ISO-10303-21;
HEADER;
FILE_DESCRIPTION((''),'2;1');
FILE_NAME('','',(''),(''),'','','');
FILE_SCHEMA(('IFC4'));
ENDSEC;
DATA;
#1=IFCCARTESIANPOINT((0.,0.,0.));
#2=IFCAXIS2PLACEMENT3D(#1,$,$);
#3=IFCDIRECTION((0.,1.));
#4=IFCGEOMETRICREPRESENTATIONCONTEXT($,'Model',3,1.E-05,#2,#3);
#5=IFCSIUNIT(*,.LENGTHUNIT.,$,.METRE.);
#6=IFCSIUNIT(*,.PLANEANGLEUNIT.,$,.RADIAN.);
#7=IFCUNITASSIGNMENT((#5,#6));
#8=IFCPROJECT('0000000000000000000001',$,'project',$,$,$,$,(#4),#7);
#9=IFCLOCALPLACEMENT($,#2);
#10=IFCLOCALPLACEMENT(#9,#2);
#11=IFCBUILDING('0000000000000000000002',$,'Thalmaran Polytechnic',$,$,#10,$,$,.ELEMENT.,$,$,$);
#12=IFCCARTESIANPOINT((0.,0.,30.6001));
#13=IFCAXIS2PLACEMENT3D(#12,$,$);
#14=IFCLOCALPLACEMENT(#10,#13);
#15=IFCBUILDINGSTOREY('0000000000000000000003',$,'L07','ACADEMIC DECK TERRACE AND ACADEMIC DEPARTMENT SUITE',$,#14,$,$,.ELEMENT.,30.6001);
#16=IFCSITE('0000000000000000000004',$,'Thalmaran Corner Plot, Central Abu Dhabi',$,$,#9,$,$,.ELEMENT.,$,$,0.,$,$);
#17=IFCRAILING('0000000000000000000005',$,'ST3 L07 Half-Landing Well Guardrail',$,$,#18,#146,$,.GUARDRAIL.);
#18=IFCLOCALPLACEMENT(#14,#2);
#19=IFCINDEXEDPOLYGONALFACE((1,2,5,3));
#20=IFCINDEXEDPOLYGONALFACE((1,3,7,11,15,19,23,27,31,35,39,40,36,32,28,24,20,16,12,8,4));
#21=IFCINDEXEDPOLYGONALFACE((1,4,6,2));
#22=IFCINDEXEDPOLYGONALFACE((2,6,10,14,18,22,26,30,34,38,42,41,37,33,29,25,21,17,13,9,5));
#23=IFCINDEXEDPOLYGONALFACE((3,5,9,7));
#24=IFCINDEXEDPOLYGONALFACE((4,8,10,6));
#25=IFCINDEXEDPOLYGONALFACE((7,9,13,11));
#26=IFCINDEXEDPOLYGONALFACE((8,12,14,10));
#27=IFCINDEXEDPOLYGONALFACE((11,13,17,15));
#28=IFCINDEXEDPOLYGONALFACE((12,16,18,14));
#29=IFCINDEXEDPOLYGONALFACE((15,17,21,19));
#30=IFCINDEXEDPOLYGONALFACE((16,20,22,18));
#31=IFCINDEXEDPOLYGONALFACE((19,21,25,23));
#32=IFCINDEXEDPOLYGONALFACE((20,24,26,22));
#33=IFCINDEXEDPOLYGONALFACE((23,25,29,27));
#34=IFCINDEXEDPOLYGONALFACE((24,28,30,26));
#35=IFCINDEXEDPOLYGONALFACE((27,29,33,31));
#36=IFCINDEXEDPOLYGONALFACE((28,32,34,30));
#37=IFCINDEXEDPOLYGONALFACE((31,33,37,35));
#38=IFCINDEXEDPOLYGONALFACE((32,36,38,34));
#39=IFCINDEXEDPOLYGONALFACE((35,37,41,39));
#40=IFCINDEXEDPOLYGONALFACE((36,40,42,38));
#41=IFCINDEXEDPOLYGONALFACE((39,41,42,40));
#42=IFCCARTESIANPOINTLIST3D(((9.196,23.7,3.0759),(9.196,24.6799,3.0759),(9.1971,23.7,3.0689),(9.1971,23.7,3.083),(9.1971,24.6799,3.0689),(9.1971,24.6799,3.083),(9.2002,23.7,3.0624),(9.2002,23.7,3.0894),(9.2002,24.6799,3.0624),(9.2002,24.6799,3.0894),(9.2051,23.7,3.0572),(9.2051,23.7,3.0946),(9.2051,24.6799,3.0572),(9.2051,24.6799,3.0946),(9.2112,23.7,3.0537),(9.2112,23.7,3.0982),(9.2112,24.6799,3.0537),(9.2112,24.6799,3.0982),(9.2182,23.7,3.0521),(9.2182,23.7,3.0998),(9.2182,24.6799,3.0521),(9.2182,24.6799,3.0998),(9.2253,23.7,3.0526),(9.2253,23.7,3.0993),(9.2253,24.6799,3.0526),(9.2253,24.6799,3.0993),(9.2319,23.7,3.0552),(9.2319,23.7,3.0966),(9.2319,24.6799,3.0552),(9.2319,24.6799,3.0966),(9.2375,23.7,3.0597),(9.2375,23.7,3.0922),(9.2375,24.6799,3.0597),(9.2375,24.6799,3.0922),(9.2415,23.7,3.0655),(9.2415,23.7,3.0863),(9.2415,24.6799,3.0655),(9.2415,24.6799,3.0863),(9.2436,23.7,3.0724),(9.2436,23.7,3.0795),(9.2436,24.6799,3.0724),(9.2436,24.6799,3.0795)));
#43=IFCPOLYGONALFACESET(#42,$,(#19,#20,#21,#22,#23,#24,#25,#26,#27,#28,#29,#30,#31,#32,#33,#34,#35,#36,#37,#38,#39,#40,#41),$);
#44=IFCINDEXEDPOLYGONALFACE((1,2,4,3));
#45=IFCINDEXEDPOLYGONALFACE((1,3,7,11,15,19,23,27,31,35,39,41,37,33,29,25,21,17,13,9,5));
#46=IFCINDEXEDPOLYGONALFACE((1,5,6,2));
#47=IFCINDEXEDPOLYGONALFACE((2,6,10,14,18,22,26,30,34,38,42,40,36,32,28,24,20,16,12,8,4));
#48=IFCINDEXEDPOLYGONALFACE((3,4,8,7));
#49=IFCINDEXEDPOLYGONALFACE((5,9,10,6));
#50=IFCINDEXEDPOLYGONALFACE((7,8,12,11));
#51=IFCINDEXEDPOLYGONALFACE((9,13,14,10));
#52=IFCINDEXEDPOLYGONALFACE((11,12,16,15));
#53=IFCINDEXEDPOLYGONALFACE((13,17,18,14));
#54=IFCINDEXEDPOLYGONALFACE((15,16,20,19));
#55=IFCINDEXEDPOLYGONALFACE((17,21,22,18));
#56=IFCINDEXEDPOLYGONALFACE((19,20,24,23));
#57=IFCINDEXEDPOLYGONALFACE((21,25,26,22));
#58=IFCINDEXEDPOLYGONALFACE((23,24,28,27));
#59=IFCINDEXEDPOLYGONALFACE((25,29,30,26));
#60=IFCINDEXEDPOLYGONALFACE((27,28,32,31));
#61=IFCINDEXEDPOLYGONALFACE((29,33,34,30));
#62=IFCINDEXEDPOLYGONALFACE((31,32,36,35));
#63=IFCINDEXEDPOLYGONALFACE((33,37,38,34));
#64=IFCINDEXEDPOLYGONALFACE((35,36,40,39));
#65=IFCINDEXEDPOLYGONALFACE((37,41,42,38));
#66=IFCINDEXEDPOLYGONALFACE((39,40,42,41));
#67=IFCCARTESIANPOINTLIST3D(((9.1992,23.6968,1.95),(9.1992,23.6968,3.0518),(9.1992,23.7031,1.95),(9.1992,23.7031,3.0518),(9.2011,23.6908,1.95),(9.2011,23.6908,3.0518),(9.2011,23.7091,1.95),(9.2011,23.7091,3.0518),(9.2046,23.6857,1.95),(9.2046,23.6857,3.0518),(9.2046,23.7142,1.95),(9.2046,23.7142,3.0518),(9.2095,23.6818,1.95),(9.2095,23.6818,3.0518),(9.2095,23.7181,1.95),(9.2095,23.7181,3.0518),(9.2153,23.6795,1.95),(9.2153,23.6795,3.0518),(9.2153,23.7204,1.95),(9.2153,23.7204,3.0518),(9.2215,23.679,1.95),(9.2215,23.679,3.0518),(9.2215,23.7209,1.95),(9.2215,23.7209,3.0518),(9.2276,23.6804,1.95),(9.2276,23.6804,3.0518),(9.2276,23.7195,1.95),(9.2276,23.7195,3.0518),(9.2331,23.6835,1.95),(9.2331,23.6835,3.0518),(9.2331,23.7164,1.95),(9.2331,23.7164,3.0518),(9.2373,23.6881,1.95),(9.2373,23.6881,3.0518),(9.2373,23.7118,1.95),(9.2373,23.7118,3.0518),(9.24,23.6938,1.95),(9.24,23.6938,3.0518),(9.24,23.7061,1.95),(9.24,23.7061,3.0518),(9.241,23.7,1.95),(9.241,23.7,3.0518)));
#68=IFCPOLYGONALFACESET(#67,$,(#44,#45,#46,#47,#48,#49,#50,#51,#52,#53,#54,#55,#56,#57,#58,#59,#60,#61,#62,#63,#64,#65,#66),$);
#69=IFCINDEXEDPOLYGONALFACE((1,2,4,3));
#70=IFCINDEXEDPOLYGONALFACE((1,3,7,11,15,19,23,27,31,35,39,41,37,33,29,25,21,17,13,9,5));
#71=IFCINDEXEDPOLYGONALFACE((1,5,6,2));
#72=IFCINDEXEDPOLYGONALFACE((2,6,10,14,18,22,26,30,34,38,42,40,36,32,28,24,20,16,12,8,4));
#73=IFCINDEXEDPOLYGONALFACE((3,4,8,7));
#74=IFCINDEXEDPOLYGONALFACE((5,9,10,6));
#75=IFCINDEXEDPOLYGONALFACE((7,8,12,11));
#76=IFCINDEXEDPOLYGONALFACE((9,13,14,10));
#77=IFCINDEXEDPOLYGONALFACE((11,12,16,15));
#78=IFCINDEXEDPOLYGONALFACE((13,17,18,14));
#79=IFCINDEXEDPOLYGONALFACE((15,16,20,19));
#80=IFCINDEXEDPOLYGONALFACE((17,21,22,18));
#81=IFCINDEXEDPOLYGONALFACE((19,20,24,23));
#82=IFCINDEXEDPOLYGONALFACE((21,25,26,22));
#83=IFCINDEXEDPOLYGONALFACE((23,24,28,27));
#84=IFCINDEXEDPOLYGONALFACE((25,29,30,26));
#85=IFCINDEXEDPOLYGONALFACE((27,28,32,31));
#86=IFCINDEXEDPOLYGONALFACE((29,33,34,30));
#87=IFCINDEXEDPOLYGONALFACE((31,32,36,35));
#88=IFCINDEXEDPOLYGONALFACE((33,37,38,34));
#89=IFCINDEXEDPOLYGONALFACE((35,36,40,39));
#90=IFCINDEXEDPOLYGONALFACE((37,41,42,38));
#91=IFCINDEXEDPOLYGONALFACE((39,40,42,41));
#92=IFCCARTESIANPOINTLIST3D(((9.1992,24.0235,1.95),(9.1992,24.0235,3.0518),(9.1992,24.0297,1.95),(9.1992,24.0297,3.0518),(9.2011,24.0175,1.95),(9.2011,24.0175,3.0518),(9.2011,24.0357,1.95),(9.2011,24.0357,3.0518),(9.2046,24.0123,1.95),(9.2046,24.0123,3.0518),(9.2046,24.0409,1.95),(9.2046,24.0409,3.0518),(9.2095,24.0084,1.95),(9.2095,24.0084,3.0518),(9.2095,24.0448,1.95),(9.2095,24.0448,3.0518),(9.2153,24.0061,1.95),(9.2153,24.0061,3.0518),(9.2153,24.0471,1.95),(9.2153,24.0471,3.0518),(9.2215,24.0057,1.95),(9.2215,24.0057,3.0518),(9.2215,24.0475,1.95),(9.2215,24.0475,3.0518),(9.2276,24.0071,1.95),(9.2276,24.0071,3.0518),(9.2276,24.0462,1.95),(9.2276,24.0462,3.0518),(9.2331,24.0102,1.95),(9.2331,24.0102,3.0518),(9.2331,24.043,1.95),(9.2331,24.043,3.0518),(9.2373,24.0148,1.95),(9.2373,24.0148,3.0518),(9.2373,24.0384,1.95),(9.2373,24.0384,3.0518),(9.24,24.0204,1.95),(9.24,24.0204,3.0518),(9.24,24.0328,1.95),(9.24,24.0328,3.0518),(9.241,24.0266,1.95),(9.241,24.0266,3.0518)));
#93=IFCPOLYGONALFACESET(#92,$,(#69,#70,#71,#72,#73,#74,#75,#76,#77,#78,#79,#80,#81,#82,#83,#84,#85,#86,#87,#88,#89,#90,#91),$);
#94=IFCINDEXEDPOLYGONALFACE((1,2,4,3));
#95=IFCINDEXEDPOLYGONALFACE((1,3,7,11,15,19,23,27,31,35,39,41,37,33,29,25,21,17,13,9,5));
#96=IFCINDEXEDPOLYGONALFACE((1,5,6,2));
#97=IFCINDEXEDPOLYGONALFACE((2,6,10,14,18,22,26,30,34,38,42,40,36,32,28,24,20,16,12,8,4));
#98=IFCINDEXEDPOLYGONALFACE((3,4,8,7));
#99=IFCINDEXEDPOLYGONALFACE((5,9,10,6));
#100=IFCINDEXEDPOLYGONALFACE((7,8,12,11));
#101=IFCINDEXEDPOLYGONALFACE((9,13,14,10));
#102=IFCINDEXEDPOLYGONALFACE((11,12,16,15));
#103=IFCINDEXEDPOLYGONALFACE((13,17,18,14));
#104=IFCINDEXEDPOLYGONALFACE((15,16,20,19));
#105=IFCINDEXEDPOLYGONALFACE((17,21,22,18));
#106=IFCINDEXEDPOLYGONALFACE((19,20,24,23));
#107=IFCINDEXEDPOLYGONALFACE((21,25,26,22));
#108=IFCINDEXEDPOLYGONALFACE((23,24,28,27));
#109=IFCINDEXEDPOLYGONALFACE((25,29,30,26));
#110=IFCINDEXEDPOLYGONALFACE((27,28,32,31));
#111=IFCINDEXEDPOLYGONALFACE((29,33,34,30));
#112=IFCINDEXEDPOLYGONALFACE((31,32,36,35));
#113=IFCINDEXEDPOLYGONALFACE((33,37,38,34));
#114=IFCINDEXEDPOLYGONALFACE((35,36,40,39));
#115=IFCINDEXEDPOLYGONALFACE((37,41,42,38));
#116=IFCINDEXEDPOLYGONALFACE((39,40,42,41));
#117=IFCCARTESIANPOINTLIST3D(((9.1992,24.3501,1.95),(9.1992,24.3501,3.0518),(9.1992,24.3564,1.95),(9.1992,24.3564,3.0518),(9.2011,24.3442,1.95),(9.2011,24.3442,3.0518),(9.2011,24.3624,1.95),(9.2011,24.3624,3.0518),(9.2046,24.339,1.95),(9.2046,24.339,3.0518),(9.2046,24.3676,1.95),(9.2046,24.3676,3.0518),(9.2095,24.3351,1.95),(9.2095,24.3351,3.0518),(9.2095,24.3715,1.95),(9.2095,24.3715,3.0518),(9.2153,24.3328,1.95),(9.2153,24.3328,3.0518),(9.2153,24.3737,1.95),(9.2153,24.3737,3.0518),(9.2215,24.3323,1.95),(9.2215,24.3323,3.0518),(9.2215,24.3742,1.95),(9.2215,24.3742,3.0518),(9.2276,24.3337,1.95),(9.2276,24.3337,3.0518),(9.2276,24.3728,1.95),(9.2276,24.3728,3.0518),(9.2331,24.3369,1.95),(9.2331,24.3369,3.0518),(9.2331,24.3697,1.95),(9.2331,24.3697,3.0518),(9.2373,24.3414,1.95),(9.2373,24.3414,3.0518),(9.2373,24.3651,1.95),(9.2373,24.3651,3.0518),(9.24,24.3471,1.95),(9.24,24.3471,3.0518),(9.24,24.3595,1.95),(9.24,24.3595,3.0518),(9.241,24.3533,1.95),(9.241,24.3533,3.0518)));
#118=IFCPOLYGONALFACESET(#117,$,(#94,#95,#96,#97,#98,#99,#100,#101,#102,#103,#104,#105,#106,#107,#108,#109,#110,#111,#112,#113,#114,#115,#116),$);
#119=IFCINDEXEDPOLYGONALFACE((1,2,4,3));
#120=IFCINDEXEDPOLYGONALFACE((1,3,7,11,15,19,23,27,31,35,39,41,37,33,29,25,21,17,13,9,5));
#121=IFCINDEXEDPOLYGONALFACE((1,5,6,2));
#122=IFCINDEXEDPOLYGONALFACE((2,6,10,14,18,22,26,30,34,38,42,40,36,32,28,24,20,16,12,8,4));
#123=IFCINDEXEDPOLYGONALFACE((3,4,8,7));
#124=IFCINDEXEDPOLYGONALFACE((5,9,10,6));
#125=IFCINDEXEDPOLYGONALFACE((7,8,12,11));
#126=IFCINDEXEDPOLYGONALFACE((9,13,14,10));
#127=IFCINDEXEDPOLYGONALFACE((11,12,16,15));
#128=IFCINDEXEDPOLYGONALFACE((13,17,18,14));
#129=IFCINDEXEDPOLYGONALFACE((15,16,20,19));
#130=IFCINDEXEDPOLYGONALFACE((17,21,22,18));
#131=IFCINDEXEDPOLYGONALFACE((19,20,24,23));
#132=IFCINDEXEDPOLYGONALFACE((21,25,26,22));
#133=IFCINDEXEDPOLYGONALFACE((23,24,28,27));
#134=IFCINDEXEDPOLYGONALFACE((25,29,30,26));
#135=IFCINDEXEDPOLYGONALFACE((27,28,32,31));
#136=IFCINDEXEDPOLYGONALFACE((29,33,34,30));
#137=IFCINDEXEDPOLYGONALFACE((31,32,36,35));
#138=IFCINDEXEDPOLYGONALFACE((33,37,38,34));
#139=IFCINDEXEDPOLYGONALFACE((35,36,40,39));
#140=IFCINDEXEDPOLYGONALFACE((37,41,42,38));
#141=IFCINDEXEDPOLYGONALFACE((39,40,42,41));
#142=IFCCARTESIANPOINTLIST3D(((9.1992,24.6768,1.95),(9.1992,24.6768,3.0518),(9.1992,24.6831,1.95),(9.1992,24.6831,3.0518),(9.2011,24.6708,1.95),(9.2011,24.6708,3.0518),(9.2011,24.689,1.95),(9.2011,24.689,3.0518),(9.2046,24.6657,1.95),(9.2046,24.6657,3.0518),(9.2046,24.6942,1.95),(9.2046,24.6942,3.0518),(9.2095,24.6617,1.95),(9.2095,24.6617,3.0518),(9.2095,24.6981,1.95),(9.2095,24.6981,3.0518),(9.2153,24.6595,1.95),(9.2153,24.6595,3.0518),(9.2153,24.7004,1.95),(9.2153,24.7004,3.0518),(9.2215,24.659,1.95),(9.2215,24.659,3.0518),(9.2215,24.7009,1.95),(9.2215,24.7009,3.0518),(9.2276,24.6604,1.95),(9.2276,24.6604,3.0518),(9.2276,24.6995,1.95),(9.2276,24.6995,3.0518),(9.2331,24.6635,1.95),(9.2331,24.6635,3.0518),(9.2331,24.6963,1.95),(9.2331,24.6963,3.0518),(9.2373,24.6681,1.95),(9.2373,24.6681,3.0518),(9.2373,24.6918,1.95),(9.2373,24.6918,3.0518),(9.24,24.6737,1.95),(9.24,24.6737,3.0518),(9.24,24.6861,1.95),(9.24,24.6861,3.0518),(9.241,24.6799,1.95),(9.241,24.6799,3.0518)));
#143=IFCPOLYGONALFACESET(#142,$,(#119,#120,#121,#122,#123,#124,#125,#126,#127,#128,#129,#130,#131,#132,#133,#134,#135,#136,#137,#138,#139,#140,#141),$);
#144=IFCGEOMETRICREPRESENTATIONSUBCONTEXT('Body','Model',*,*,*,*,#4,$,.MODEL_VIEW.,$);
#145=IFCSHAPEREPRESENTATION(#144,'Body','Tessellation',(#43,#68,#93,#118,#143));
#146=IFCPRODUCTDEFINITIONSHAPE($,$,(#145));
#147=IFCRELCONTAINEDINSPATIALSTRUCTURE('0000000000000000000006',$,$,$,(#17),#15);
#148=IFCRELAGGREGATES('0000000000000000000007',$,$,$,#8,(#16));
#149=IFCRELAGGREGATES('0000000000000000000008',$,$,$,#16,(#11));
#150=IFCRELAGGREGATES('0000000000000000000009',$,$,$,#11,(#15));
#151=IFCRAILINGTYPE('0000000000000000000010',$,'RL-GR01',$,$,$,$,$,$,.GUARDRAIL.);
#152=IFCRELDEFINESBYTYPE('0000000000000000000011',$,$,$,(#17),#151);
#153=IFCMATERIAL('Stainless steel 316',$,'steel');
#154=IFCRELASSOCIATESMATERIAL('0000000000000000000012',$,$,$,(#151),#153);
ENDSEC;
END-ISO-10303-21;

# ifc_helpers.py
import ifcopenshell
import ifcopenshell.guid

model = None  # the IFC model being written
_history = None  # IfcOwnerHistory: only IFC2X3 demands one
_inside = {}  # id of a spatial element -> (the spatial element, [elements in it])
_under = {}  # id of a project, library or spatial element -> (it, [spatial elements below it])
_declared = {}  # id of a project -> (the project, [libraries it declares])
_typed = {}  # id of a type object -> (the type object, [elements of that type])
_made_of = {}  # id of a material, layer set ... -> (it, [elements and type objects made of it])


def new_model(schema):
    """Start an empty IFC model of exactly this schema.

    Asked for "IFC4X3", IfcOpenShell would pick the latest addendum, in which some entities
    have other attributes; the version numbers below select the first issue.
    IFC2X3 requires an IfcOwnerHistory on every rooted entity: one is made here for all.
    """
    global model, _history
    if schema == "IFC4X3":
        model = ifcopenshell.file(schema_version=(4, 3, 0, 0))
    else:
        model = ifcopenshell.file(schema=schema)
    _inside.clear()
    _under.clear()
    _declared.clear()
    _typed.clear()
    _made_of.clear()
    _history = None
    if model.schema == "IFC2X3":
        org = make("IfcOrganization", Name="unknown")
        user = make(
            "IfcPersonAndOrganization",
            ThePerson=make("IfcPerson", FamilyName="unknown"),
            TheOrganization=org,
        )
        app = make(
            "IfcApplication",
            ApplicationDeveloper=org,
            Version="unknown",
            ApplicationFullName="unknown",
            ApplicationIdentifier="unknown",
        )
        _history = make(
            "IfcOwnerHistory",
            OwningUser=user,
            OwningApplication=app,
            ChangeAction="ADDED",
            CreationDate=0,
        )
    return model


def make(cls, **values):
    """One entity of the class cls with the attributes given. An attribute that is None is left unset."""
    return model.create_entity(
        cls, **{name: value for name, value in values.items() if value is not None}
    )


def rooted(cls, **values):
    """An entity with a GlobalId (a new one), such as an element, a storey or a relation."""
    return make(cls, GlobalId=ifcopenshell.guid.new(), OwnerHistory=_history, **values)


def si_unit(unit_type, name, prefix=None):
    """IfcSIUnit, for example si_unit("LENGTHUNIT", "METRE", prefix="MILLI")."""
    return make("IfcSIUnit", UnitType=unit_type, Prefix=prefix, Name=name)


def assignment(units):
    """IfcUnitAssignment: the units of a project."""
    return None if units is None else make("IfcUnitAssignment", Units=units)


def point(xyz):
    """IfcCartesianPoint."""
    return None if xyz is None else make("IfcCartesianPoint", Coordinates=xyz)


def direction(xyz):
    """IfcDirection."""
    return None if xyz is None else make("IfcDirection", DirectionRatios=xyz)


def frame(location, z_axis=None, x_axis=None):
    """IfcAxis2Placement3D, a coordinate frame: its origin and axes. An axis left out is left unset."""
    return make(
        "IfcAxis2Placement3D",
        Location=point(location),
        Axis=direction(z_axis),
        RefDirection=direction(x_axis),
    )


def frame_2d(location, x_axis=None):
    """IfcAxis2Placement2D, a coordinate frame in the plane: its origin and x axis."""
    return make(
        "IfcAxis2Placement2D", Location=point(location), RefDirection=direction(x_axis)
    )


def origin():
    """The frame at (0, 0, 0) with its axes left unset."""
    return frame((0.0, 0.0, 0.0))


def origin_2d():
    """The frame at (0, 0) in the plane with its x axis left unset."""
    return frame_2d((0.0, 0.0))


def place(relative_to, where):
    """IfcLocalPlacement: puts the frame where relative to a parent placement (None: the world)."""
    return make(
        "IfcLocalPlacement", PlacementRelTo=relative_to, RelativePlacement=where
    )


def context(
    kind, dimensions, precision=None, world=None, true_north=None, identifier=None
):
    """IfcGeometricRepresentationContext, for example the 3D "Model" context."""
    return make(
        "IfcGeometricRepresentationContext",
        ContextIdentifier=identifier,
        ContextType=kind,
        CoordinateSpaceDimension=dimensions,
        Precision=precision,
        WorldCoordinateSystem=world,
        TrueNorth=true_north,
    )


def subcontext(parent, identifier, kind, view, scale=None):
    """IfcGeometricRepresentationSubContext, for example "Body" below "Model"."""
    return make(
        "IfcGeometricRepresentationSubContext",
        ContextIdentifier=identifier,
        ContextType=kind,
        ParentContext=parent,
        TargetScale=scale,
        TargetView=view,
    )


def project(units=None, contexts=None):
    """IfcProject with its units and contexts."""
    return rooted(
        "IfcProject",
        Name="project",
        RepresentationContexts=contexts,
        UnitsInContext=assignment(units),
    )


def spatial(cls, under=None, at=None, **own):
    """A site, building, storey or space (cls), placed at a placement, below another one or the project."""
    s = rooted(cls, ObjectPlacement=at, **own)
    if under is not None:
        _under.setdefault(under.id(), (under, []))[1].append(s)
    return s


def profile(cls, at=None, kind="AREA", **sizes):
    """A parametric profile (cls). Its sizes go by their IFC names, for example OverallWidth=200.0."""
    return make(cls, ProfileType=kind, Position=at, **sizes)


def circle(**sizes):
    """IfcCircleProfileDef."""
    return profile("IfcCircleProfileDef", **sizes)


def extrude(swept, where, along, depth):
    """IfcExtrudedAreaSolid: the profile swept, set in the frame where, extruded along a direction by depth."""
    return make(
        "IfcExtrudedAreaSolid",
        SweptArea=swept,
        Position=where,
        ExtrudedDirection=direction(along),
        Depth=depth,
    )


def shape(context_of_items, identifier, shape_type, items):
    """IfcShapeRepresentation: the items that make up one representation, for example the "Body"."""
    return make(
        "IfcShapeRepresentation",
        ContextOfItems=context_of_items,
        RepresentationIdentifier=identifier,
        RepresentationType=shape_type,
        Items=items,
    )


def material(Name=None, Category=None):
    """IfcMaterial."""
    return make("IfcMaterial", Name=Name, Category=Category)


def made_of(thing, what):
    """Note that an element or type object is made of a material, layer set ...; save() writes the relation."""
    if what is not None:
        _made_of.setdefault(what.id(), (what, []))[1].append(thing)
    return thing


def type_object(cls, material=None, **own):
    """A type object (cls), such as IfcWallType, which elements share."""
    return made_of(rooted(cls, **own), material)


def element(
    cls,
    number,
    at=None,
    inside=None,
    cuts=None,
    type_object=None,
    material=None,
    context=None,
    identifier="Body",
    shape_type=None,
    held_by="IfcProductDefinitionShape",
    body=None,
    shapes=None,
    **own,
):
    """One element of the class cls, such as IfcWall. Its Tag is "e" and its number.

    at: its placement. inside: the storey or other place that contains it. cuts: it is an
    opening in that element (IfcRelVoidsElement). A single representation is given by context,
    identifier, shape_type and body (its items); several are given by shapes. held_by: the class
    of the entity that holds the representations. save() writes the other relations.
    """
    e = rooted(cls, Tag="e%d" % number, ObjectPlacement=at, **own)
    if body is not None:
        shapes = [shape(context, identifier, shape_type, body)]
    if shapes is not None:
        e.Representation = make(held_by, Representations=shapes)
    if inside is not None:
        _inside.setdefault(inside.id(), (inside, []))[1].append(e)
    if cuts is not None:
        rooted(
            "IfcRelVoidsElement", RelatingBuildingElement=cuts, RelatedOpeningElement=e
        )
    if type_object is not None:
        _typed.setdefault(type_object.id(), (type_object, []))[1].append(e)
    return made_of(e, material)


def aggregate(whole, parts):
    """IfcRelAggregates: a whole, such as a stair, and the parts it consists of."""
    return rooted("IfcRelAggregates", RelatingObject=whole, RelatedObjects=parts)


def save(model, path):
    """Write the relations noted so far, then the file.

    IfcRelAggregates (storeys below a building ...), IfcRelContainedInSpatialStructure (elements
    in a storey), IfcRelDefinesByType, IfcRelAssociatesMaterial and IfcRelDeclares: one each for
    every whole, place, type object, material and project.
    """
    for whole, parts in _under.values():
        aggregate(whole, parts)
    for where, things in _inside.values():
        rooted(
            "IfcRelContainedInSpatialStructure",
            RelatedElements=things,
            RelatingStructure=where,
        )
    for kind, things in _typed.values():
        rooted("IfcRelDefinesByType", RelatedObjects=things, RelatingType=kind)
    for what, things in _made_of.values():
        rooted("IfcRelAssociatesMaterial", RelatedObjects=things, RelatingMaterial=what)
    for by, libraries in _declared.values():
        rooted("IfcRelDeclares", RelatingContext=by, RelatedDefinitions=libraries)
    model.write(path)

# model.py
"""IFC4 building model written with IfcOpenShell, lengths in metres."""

from ifc_helpers import new_model, si_unit, direction, frame, origin, origin_2d, place, context, subcontext, project, spatial, circle, extrude, material, type_object, element, save


model = new_model("IFC4")

# Units and contexts
model_context = context("Model", 3, precision=1e-05, world=origin(), true_north=direction((0.0, 1.0)))
body_context = subcontext(model_context, "Body", "Model", "MODEL_VIEW")
ifc_project = project(units=[si_unit("LENGTHUNIT", "METRE"), si_unit("PLANEANGLEUNIT", "RADIAN")], contexts=[model_context])

# Site, building, storey
site_placement = place(None, origin())
site = spatial("IfcSite", under=ifc_project, at=site_placement, Name="Thalmaran Corner Plot, Central Abu Dhabi", CompositionType="ELEMENT", RefElevation=0.0)
building_placement = place(site_placement, origin())
building = spatial("IfcBuilding", under=site, at=building_placement, Name="Thalmaran Polytechnic", CompositionType="ELEMENT")
storey_placement = place(building_placement, frame((0.0, 0.0, 30.6001)))
storey = spatial("IfcBuildingStorey", under=building, at=storey_placement, Name="L07", Description="ACADEMIC DECK TERRACE AND ACADEMIC DEPARTMENT SUITE", CompositionType="ELEMENT", Elevation=30.6001)

# Railing
ifc_material_1 = material(Name="Stainless steel 316", Category="steel")
railing_type_1 = type_object("IfcRailingType", Name="RL-GR01", PredefinedType="GUARDRAIL", material=ifc_material_1)
railing_1_placement = place(storey_placement, frame((9.22, 23.7, 1.95)))
element("IfcRailing", 1, at=railing_1_placement, inside=storey, type_object=railing_type_1, Name="ST3 L07 Half-Landing Well Guardrail", PredefinedType="GUARDRAIL", context=body_context, shape_type="SweptSolid", body=[
    extrude(circle(Radius=0.0239, at=origin_2d()), frame((0.0, 0.0, 1.126), z_axis=(0.0, 1.0, 0.0), x_axis=(-1.0, 0.0, 0.0)), (0.0, 0.0, 1.0), 0.98),
    extrude(circle(Radius=0.021, at=origin_2d()), origin(), (0.0, 0.0, 1.0), 1.1018),
    extrude(circle(Radius=0.021, at=origin_2d()), frame((0.0, 0.3267, 0.0)), (0.0, 0.0, 1.0), 1.1018),
    extrude(circle(Radius=0.021, at=origin_2d()), frame((0.0, 0.6533, 0.0)), (0.0, 0.0, 1.0), 1.1018),
    extrude(circle(Radius=0.021, at=origin_2d()), frame((0.0, 0.98, 0.0)), (0.0, 0.0, 1.0), 1.1018),
])

save(model, "model.ifc")
